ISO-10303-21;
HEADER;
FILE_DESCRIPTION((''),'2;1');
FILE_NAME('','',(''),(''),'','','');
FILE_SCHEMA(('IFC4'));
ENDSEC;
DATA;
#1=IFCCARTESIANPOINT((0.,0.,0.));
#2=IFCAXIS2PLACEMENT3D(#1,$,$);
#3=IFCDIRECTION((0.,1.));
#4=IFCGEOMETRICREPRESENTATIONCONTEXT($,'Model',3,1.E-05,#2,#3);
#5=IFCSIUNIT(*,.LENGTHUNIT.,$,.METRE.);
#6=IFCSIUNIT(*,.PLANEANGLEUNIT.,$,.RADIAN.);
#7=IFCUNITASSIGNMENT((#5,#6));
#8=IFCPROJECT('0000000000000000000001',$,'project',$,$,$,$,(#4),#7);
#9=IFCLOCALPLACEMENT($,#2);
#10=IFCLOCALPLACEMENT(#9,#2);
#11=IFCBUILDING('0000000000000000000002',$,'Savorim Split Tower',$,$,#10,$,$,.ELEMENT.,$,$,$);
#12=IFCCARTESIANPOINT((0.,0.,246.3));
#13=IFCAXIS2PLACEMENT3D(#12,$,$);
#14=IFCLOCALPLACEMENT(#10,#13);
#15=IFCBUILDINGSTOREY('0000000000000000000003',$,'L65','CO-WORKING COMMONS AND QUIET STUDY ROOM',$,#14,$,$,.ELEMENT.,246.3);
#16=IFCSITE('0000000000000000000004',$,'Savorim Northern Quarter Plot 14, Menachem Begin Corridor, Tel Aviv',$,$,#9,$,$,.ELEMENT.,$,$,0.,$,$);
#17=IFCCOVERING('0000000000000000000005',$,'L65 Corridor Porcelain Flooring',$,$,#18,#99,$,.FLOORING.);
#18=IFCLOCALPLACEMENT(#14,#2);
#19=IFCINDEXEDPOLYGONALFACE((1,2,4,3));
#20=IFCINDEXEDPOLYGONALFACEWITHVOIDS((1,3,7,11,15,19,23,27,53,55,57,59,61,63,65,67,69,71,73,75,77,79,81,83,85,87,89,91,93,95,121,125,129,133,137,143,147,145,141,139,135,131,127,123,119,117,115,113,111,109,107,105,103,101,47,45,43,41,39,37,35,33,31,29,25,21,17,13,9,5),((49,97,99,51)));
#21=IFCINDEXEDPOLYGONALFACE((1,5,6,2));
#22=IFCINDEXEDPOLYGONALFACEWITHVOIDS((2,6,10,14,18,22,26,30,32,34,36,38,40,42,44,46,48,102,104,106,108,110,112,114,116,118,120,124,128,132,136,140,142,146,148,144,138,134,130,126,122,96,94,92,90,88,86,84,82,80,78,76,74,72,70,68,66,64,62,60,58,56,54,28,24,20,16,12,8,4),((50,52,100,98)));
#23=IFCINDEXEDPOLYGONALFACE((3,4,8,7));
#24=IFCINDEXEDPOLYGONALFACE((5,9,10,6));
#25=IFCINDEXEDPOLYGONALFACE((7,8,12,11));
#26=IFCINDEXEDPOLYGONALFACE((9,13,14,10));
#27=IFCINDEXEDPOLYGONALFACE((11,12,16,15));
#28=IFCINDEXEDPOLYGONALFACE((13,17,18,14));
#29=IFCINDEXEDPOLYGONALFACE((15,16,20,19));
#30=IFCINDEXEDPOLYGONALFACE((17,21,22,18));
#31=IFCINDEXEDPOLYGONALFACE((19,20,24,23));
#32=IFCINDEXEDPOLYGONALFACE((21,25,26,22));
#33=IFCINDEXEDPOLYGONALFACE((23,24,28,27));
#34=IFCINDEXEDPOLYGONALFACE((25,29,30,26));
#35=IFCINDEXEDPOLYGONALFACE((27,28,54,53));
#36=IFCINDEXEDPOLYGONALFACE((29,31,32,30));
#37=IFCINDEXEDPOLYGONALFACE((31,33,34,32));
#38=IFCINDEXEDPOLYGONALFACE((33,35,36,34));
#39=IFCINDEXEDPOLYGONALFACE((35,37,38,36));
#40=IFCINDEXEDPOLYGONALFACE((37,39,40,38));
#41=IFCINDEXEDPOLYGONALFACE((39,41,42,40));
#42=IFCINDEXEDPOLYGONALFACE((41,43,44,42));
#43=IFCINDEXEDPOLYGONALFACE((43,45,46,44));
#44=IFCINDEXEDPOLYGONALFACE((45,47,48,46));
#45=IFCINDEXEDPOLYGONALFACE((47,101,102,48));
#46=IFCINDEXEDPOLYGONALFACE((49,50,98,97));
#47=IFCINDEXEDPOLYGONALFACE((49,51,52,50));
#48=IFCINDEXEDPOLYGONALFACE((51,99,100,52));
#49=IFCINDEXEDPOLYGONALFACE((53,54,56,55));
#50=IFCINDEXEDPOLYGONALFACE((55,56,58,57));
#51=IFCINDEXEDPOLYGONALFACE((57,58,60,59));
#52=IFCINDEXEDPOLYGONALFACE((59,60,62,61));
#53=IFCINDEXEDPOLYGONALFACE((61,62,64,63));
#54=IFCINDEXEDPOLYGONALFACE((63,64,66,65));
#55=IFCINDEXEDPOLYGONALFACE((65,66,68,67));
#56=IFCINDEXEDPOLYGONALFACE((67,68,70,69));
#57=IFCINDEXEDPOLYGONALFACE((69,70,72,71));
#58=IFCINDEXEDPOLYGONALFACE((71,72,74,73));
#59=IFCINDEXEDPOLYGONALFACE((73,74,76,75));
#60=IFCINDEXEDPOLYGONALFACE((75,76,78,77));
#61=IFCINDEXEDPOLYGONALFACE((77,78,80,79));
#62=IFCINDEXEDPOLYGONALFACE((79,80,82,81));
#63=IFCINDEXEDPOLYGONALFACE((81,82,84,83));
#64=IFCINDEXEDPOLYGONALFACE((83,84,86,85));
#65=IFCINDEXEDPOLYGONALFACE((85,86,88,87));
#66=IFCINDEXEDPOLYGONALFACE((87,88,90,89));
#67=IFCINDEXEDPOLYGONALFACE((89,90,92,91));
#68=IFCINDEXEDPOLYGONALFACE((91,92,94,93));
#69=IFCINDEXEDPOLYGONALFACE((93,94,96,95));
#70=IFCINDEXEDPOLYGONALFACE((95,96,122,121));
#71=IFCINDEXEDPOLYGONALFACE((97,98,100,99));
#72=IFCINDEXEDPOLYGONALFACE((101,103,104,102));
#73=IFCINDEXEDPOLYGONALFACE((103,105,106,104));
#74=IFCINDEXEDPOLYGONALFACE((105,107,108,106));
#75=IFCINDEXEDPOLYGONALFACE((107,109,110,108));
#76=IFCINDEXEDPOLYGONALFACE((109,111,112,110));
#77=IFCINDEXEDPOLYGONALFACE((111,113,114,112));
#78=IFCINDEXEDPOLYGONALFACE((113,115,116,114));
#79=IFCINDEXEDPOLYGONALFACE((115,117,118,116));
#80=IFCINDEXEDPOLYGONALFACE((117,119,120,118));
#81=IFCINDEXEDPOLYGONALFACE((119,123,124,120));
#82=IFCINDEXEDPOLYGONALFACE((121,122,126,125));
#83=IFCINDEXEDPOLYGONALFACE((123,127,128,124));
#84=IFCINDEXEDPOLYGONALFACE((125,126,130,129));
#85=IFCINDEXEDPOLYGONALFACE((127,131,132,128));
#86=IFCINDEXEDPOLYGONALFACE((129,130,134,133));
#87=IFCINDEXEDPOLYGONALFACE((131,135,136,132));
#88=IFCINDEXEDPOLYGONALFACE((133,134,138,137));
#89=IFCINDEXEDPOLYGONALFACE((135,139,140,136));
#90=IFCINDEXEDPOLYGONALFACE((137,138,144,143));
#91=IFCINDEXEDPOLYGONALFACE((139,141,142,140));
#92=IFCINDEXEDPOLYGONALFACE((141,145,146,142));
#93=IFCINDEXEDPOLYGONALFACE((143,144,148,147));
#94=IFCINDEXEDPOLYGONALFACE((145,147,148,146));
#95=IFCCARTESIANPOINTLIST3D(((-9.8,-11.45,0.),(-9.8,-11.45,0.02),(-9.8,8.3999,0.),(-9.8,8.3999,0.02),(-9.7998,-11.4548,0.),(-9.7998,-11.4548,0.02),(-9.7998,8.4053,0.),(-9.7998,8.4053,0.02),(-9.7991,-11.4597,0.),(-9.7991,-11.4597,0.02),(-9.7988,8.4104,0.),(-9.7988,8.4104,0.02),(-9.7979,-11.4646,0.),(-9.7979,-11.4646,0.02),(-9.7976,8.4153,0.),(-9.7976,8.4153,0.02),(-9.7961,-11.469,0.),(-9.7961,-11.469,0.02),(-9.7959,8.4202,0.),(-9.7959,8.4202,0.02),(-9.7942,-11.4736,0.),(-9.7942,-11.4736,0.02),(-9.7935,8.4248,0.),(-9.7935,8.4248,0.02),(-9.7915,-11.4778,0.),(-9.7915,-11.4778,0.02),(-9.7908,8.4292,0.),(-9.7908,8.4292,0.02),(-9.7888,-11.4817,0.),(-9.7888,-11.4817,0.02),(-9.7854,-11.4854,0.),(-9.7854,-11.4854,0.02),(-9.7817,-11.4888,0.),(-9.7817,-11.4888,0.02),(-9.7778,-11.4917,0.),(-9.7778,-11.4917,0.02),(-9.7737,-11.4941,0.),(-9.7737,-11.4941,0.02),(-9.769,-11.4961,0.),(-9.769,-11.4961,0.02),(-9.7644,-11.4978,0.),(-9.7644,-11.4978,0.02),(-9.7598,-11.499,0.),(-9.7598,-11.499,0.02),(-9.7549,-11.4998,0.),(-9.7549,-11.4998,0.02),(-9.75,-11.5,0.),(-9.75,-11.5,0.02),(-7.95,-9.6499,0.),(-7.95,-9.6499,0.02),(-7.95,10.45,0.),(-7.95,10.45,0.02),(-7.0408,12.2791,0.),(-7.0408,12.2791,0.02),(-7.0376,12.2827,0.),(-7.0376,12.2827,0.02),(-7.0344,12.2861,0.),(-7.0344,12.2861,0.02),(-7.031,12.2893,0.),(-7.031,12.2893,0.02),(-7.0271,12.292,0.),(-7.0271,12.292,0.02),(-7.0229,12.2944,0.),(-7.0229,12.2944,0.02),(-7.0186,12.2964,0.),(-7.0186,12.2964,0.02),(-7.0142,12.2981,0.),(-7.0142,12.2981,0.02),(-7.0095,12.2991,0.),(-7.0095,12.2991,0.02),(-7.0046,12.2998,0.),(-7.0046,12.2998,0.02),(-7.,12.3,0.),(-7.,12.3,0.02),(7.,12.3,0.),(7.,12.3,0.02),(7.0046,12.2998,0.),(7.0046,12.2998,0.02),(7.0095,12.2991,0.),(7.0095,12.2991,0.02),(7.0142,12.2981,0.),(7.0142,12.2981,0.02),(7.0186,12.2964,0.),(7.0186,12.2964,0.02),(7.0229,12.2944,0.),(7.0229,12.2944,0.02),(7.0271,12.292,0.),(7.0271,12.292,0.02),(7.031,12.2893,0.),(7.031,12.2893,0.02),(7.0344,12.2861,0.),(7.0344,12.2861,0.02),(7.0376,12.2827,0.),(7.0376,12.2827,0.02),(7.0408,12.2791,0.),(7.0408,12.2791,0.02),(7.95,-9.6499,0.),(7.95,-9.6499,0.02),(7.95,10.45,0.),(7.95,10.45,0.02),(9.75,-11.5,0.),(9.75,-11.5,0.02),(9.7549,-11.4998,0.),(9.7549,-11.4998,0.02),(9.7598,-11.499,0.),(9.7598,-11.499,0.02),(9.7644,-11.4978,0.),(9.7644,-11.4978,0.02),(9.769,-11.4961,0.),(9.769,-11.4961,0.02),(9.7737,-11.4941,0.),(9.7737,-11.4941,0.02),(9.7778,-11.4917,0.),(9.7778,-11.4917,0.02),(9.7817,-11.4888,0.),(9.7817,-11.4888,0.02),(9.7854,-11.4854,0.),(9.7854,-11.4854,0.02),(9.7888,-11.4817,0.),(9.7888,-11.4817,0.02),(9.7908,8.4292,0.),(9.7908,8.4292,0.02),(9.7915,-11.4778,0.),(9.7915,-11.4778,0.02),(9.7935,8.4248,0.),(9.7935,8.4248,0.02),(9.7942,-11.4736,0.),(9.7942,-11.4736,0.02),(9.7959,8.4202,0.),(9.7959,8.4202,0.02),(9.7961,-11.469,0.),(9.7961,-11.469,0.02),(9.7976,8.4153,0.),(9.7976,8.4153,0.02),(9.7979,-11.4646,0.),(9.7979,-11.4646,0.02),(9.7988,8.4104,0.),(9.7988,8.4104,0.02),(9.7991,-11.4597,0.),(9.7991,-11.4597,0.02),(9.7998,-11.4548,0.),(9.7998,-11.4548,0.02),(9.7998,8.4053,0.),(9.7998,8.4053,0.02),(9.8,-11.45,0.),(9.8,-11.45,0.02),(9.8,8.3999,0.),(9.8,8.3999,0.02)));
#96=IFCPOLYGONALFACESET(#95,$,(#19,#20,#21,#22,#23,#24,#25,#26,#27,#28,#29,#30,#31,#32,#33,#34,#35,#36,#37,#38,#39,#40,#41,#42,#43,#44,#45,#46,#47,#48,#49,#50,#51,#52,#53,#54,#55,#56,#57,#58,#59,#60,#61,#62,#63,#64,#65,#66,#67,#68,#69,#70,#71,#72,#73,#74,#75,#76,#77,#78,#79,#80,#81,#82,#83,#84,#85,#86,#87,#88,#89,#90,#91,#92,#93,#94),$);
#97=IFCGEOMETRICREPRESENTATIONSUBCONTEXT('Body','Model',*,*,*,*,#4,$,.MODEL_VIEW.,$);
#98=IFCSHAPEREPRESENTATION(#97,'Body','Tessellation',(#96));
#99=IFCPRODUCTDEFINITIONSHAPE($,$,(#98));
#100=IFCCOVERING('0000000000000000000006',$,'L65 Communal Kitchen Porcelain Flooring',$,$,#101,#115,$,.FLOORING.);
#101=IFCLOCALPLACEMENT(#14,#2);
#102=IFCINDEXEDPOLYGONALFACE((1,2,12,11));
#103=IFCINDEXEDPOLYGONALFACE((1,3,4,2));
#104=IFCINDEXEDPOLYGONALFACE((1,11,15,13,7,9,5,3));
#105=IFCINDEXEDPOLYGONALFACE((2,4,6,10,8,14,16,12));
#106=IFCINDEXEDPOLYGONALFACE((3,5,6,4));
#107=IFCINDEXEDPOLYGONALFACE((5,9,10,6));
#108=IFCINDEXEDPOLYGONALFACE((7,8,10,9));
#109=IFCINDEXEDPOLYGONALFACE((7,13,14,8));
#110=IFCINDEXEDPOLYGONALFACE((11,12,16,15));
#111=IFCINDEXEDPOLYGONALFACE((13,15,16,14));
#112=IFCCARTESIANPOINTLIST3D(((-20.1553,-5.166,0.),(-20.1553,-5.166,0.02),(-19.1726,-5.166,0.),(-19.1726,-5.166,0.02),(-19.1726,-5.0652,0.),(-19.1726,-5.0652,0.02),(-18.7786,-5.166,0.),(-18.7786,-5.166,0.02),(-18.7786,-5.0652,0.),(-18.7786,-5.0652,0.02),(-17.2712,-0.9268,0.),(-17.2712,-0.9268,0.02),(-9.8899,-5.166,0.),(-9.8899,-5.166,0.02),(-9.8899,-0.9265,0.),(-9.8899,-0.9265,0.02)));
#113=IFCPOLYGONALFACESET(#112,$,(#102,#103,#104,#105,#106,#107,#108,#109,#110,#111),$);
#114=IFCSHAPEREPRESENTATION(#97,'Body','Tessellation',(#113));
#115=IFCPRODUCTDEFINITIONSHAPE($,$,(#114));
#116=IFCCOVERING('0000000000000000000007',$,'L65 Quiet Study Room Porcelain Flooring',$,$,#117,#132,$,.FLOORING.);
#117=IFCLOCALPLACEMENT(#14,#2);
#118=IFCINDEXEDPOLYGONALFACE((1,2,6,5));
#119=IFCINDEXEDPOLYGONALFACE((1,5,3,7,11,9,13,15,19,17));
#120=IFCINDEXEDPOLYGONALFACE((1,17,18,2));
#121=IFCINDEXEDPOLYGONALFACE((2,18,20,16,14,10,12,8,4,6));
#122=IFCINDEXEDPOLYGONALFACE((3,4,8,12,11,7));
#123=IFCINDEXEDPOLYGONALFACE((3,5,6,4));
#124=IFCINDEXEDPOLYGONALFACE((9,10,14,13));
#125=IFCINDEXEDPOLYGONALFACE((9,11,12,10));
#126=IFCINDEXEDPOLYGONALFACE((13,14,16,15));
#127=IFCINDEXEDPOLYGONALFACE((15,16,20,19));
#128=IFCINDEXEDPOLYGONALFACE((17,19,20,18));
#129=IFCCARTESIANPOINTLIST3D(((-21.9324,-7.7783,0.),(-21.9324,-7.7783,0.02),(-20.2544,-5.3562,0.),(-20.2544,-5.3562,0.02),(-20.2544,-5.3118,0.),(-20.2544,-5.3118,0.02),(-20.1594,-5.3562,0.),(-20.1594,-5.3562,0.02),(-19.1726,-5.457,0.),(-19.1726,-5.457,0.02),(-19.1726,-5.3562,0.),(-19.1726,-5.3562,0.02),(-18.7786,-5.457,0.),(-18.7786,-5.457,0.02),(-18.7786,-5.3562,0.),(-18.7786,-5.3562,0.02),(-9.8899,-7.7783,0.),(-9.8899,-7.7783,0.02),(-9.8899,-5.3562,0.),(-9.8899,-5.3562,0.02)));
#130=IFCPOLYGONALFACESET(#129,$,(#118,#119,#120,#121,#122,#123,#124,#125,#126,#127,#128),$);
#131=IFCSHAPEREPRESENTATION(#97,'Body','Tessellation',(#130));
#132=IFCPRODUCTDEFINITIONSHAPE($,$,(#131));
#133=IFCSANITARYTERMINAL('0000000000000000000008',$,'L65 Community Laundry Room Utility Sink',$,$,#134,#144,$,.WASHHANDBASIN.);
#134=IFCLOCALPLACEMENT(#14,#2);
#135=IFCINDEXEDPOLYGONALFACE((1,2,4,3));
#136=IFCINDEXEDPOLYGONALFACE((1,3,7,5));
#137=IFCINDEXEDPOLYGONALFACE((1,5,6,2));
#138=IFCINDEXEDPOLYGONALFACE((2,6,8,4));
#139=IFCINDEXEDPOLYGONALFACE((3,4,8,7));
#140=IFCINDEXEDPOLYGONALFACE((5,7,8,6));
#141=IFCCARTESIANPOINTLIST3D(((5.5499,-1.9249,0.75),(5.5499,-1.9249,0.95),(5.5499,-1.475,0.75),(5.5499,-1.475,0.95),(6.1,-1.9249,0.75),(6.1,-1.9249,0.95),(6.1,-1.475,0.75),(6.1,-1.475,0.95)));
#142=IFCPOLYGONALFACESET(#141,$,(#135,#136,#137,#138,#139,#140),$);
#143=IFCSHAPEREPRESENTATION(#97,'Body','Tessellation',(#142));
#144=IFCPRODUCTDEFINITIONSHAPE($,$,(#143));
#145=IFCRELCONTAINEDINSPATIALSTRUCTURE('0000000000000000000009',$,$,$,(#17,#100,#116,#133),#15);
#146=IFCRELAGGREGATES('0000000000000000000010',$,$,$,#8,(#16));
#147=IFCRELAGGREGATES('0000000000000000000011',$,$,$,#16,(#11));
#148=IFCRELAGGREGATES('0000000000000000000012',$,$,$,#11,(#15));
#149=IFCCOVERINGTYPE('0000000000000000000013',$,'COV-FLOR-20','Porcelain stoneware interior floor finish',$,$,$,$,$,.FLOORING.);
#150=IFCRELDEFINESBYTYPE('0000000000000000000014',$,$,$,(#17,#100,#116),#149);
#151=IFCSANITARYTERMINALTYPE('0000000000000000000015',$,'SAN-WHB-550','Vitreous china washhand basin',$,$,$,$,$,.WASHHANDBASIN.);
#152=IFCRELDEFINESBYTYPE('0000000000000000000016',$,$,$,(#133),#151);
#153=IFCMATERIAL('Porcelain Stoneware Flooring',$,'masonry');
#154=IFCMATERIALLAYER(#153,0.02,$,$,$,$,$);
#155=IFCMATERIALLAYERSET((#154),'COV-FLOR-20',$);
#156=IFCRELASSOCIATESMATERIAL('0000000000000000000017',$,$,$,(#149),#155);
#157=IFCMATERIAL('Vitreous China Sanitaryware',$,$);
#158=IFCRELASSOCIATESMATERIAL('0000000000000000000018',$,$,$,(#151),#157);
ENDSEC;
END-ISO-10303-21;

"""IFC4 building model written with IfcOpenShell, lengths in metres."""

from ifc_helpers import new_model, si_unit, direction, frame, origin, origin_2d, place, context, subcontext, project, spatial, polyline, rectangle, outline, extrude, material, layer, layer_set, type_object, element, save


model = new_model("IFC4")

# Units and contexts
model_context = context("Model", 3, precision=1e-05, world=origin(), true_north=direction((0.0, 1.0)))
body_context = subcontext(model_context, "Body", "Model", "MODEL_VIEW")
ifc_project = project(units=[si_unit("LENGTHUNIT", "METRE"), si_unit("PLANEANGLEUNIT", "RADIAN")], contexts=[model_context])

# Site, building, storey
site_placement = place(None, origin())
site = spatial("IfcSite", under=ifc_project, at=site_placement, Name="Savorim Northern Quarter Plot 14, Menachem Begin Corridor, Tel Aviv", CompositionType="ELEMENT", RefElevation=0.0)
building_placement = place(site_placement, origin())
building = spatial("IfcBuilding", under=site, at=building_placement, Name="Savorim Split Tower", CompositionType="ELEMENT")
storey_placement = place(building_placement, frame((0.0, 0.0, 246.3)))
storey = spatial("IfcBuildingStorey", under=building, at=storey_placement, Name="L65", Description="CO-WORKING COMMONS AND QUIET STUDY ROOM", CompositionType="ELEMENT", Elevation=246.3)

# Coverings
ifc_material_1 = material(Name="Porcelain Stoneware Flooring", Category="masonry")
ifc_layer_1 = layer(ifc_material_1, 0.02)
ifc_layer_set_1 = layer_set([ifc_layer_1], Name="COV-FLOR-20")
covering_type_1 = type_object("IfcCoveringType", Name="COV-FLOR-20", Description="Porcelain stoneware interior floor finish", PredefinedType="FLOORING", material=ifc_layer_set_1)
covering_1_placement = place(storey_placement, origin())
element("IfcCovering", 1, at=covering_1_placement, inside=storey, type_object=covering_type_1, Name="L65 Corridor Porcelain Flooring", PredefinedType="FLOORING", context=body_context, shape_type="SweptSolid", body=[
    extrude(outline(polyline([(7.0095, 12.2991), (7.0046, 12.2998), (7.0, 12.3), (-7.0, 12.3), (-7.0046, 12.2998), (-7.0095, 12.2991), (-7.0142, 12.2981), (-7.0186, 12.2964), (-7.0229, 12.2944), (-7.0271, 12.292), (-7.031, 12.2893), (-7.0344, 12.2861), (-7.0376, 12.2827), (-7.0408, 12.2791), (-9.7908, 8.4292), (-9.7935, 8.4248), (-9.7959, 8.4202), (-9.7976, 8.4153), (-9.7988, 8.4104), (-9.7998, 8.4053), (-9.8, 8.3999), (-9.8, -11.45), (-9.7998, -11.4548), (-9.7991, -11.4597), (-9.7979, -11.4646), (-9.7961, -11.469), (-9.7942, -11.4736), (-9.7915, -11.4778), (-9.7888, -11.4817), (-9.7854, -11.4854), (-9.7817, -11.4888), (-9.7778, -11.4917), (-9.7737, -11.4941), (-9.769, -11.4961), (-9.7644, -11.4978), (-9.7598, -11.499), (-9.7549, -11.4998), (-9.75, -11.5), (9.75, -11.5), (9.7549, -11.4998), (9.7598, -11.499), (9.7644, -11.4978), (9.769, -11.4961), (9.7737, -11.4941), (9.7778, -11.4917), (9.7817, -11.4888), (9.7854, -11.4854), (9.7888, -11.4817), (9.7915, -11.4778), (9.7942, -11.4736), (9.7961, -11.469), (9.7979, -11.4646), (9.7991, -11.4597), (9.7998, -11.4548), (9.8, -11.45), (9.8, 8.3999), (9.7998, 8.4053), (9.7988, 8.4104), (9.7976, 8.4153), (9.7959, 8.4202), (9.7935, 8.4248), (9.7908, 8.4292), (7.0408, 12.2791), (7.0376, 12.2827), (7.0344, 12.2861), (7.031, 12.2893), (7.0271, 12.292), (7.0229, 12.2944), (7.0186, 12.2964), (7.0142, 12.2981), (7.0095, 12.2991)]), holes=[polyline([(-7.95, 10.45), (-7.95, -9.6499), (7.95, -9.6499), (7.95, 10.45), (-7.95, 10.45)])]), origin(), (0.0, 0.0, 1.0), 0.02),
])
covering_2_placement = place(storey_placement, origin())
element("IfcCovering", 2, at=covering_2_placement, inside=storey, type_object=covering_type_1, Name="L65 Communal Kitchen Porcelain Flooring", PredefinedType="FLOORING", context=body_context, shape_type="SweptSolid", body=[
    extrude(outline(polyline([(-18.7786, -5.0652), (-18.7786, -5.166), (-9.8899, -5.166), (-9.8899, -0.9265), (-17.2712, -0.9268), (-20.1553, -5.166), (-19.1726, -5.166), (-19.1726, -5.0652), (-18.7786, -5.0652)])), origin(), (0.0, 0.0, 1.0), 0.02),
])
covering_3_placement = place(storey_placement, origin())
element("IfcCovering", 3, at=covering_3_placement, inside=storey, type_object=covering_type_1, Name="L65 Quiet Study Room Porcelain Flooring", PredefinedType="FLOORING", context=body_context, shape_type="SweptSolid", body=[
    extrude(outline(polyline([(-20.1594, -5.3562), (-20.2544, -5.3562), (-20.2544, -5.3118), (-21.9324, -7.7783), (-9.8899, -7.7783), (-9.8899, -5.3562), (-18.7786, -5.3562), (-18.7786, -5.457), (-19.1726, -5.457), (-19.1726, -5.3562), (-20.1594, -5.3562)])), origin(), (0.0, 0.0, 1.0), 0.02),
])

# Sanitary terminal
ifc_material_2 = material(Name="Vitreous China Sanitaryware")
sanitary_terminal_type = type_object("IfcSanitaryTerminalType", Name="SAN-WHB-550", Description="Vitreous china washhand basin", PredefinedType="WASHHANDBASIN", material=ifc_material_2)
sanitary_terminal_placement = place(storey_placement, frame((5.825, -1.7, 0.75), z_axis=(0.0, 0.0, 1.0), x_axis=(1.0, 0.0, 0.0)))
element("IfcSanitaryTerminal", 4, at=sanitary_terminal_placement, inside=storey, type_object=sanitary_terminal_type, Name="L65 Community Laundry Room Utility Sink", PredefinedType="WASHHANDBASIN", context=body_context, shape_type="SweptSolid", body=[
    extrude(rectangle(XDim=0.55, YDim=0.45, at=origin_2d()), origin(), (0.0, 0.0, 1.0), 0.2),
])

save(model, "model.ifc")
